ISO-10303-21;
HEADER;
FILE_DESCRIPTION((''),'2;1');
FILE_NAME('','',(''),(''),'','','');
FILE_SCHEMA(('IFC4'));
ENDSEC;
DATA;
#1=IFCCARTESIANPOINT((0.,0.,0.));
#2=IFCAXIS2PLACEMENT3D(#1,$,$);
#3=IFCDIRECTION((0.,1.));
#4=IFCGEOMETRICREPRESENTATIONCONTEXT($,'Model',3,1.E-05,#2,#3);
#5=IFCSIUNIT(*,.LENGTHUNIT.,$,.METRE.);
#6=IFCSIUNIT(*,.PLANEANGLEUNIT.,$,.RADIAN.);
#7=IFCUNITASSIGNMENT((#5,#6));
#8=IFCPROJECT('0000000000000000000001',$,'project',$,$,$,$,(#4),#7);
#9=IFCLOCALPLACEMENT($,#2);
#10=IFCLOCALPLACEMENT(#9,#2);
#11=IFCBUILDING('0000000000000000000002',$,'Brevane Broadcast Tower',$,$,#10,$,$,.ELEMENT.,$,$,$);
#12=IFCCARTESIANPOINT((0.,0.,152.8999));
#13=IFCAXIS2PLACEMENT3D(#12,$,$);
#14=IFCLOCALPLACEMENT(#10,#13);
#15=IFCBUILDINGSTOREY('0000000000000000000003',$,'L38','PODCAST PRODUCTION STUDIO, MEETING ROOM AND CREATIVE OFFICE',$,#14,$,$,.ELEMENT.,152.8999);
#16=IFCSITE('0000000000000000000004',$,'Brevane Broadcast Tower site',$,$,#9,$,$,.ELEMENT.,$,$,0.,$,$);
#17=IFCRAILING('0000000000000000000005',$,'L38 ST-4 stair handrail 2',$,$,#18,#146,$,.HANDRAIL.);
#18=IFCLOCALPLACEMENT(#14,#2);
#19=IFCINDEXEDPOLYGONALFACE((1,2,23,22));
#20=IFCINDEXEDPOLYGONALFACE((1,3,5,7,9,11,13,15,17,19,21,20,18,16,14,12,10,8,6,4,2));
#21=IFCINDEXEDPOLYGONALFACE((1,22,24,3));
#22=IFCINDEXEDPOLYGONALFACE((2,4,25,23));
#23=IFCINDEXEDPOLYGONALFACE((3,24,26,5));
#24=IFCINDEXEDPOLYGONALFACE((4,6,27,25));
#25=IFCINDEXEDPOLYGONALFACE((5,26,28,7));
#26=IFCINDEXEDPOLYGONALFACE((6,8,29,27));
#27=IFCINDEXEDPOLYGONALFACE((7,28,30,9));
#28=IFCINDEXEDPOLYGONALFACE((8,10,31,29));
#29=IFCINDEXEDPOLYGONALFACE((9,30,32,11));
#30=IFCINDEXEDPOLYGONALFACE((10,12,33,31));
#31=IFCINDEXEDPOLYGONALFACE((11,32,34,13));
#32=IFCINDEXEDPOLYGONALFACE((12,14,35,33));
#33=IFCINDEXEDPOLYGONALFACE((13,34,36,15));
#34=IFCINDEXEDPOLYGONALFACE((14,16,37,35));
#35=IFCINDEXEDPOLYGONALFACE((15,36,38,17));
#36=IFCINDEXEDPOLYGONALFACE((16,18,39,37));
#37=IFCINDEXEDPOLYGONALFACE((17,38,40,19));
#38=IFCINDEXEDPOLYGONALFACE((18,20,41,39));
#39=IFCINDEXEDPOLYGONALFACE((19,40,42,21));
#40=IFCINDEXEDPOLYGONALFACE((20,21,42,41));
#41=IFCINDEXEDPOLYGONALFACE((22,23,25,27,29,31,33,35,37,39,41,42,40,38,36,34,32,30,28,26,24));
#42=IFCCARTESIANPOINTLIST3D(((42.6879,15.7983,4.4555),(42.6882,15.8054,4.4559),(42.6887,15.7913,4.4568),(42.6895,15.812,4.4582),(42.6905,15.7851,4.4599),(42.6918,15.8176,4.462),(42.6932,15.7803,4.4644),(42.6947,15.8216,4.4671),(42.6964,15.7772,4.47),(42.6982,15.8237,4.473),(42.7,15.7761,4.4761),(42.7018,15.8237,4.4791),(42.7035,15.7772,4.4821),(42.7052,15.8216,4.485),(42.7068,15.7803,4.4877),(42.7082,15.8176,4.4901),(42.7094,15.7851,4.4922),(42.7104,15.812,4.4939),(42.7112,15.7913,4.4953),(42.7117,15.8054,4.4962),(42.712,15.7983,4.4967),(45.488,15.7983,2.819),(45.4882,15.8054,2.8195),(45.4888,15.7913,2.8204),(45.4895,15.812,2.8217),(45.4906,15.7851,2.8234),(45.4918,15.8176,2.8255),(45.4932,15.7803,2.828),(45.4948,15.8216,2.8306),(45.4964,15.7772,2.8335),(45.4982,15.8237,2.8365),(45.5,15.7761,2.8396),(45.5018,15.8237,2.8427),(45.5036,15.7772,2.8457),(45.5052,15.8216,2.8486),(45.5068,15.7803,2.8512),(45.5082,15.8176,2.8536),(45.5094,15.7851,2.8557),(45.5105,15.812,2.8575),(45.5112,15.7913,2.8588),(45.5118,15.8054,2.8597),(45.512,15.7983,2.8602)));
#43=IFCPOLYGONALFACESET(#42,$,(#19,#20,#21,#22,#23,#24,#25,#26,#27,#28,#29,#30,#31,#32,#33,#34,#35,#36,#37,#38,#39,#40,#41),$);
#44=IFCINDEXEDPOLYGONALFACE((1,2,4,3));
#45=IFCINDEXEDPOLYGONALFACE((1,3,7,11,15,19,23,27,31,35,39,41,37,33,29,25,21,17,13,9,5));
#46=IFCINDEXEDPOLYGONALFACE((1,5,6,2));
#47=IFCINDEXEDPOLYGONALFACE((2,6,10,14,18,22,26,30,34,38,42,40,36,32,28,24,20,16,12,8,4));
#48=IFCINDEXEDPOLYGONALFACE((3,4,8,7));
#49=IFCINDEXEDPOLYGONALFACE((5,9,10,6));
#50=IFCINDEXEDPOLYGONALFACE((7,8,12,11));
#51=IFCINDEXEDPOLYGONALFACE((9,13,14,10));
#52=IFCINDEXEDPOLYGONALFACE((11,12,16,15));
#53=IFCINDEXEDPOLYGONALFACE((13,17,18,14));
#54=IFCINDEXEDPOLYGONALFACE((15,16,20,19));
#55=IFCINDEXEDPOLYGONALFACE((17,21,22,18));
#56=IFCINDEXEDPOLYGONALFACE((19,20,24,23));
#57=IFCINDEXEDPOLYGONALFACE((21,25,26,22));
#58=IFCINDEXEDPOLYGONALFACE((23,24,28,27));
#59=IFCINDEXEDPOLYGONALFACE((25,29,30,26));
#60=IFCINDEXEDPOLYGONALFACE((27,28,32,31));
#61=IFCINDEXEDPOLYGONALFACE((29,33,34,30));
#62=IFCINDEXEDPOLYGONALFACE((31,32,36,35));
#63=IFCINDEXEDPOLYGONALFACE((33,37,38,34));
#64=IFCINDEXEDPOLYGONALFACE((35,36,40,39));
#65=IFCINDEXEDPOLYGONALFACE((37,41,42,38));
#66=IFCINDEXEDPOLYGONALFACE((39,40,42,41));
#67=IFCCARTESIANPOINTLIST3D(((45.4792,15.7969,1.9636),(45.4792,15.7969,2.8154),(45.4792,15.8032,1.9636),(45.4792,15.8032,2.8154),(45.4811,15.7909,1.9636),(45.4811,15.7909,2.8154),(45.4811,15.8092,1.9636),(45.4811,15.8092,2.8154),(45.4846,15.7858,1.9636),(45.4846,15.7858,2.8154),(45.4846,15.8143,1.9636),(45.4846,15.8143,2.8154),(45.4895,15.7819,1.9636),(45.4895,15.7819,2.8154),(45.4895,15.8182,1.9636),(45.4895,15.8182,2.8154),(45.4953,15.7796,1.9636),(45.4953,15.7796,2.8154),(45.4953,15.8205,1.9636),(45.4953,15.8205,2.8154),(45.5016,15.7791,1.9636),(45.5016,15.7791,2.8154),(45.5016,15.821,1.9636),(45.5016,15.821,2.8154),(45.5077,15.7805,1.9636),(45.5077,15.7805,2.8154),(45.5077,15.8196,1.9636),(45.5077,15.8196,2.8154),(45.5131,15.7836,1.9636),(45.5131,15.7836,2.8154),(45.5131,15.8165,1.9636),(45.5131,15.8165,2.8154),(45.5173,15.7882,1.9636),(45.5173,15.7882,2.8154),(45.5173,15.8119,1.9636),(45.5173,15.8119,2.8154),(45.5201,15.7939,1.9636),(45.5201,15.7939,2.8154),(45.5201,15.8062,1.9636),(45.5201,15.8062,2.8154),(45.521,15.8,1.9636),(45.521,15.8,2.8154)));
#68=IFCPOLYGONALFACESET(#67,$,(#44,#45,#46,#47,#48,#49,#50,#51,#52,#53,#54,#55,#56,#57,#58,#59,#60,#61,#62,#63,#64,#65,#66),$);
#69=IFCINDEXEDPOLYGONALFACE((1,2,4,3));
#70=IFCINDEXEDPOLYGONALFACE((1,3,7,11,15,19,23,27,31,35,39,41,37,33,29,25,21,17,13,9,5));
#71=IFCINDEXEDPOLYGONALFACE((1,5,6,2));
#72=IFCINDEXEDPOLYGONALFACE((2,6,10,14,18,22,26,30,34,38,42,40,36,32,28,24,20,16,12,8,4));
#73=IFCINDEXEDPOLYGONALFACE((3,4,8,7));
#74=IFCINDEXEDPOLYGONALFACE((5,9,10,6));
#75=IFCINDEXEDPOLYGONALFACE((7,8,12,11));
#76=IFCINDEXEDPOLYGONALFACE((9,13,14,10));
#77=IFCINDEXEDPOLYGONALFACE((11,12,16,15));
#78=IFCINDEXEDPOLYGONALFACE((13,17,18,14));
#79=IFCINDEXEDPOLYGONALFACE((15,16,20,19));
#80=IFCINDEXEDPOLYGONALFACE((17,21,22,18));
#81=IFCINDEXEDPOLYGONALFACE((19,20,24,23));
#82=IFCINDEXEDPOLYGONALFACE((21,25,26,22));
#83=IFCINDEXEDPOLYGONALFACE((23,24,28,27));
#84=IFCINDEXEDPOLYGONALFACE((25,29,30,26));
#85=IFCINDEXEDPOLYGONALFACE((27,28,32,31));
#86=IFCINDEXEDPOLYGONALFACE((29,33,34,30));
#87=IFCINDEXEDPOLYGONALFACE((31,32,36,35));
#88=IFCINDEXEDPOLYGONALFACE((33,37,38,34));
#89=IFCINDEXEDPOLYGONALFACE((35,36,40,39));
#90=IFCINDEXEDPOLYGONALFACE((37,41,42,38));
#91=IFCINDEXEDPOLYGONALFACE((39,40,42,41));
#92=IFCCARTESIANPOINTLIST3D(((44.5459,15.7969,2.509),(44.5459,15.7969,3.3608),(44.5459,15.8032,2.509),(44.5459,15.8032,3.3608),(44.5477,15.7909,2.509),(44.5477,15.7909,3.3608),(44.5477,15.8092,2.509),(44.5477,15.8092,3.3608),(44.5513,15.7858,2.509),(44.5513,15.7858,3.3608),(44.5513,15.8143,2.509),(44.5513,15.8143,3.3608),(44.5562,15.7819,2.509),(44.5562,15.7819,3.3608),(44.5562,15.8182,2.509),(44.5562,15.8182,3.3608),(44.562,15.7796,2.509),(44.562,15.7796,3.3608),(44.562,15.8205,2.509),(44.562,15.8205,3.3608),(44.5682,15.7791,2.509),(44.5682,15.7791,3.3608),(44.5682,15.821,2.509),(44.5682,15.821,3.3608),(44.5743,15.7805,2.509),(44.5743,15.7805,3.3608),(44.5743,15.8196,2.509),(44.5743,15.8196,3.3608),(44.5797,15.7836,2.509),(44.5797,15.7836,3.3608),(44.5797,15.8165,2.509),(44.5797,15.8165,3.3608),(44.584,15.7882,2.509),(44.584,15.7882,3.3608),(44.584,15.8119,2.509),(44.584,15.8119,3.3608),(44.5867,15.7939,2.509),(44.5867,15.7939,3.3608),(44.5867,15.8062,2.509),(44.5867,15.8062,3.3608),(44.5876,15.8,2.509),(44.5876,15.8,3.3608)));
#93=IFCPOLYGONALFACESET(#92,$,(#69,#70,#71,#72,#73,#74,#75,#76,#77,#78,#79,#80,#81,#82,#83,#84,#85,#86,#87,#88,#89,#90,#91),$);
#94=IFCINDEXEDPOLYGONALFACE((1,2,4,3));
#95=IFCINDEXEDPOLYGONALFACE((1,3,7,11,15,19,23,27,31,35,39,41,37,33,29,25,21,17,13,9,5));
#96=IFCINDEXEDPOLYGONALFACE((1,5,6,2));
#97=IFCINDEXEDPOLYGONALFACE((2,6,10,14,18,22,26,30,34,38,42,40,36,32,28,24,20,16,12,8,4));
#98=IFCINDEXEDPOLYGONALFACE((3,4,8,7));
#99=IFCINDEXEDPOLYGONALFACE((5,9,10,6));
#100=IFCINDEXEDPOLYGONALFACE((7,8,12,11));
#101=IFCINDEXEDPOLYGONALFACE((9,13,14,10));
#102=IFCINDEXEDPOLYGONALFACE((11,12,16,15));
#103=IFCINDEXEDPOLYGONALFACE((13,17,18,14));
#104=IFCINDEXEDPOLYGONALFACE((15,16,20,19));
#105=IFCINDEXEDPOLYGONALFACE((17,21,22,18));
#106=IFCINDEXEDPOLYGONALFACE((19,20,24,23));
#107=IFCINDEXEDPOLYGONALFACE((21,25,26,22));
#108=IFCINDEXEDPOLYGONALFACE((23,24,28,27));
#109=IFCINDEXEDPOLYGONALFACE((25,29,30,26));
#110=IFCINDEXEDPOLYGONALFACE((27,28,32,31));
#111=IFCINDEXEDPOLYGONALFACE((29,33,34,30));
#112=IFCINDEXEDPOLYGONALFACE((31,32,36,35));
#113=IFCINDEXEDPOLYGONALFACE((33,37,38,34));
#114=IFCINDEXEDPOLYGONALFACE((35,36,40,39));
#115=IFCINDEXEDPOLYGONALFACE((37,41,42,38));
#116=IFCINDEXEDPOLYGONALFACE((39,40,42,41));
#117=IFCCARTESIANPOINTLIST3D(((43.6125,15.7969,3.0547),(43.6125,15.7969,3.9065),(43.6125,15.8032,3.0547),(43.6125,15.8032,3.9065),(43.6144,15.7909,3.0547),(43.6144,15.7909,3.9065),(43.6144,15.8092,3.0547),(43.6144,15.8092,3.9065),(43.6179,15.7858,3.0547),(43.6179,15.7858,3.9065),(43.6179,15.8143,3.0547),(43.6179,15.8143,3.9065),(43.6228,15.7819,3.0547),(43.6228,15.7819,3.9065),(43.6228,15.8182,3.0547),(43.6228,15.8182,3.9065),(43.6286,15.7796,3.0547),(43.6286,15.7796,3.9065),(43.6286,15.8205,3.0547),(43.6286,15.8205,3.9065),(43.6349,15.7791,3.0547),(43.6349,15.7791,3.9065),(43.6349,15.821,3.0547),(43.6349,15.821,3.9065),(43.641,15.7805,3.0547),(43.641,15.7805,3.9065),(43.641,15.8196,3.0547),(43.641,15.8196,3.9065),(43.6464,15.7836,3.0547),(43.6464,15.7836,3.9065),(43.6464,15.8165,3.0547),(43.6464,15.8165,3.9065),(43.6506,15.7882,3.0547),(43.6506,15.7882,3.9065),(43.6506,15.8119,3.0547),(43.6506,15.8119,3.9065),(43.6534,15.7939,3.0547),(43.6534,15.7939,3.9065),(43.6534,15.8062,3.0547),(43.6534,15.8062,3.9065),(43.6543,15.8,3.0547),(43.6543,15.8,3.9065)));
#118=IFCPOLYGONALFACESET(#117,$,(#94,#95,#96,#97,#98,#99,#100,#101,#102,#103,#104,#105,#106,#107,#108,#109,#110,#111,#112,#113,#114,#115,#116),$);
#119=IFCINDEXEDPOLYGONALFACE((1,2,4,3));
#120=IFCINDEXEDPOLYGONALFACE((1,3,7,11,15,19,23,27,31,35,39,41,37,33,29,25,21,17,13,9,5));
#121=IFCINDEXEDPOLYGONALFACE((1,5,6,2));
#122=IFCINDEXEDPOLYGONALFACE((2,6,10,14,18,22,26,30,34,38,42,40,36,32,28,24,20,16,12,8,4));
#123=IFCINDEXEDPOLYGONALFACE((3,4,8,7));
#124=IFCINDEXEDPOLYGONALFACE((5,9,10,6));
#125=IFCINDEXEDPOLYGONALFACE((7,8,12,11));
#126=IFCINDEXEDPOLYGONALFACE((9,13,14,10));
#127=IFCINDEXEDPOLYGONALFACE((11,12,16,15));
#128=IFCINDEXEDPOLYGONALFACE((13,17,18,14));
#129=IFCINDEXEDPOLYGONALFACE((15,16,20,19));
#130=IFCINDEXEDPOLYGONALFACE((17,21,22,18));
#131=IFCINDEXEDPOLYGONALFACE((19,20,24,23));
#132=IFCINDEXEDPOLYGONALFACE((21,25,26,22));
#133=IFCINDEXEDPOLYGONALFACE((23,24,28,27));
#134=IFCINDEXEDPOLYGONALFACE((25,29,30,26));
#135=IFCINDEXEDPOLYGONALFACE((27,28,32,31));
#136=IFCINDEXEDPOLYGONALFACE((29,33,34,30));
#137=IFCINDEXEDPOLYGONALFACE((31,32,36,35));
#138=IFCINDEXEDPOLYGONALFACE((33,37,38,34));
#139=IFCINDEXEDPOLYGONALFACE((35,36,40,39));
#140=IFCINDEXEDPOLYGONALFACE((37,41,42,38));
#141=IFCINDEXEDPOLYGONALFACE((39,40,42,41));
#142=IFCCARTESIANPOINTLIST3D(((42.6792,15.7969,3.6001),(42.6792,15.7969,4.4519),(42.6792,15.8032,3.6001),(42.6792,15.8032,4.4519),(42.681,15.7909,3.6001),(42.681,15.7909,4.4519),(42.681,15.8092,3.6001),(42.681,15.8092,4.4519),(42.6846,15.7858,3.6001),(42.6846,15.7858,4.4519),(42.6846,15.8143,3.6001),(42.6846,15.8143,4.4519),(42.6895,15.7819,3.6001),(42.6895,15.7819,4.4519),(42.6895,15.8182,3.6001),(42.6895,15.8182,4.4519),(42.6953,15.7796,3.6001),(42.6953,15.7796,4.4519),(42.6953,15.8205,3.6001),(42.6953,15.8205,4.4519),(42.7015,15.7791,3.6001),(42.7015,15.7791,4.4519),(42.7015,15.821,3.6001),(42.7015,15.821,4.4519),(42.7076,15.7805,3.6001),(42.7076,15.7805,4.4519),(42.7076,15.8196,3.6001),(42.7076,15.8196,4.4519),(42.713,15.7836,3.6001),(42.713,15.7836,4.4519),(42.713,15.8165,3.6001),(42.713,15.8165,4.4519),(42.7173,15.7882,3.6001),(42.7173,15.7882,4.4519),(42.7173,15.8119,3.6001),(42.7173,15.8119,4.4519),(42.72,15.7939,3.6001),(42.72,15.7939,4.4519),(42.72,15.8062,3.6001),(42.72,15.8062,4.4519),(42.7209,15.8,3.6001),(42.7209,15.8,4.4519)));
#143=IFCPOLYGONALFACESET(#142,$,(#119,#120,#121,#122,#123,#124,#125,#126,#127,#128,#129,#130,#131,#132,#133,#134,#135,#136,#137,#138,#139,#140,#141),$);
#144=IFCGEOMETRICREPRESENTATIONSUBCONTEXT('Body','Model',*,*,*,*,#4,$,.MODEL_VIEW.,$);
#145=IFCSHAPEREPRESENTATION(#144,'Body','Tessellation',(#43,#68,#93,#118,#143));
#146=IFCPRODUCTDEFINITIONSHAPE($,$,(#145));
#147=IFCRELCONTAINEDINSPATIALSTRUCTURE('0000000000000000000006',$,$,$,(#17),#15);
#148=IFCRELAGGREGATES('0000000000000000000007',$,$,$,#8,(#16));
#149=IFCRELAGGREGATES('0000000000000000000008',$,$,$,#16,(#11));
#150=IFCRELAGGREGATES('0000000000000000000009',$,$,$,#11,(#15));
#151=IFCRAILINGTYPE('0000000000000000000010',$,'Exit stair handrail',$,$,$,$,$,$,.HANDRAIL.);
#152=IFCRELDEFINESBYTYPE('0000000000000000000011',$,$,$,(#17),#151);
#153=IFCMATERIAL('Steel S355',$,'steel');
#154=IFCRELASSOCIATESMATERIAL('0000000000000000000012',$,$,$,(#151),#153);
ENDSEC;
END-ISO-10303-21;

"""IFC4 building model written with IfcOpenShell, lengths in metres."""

from ifc_helpers import new_model, si_unit, direction, frame, origin, origin_2d, place, context, subcontext, project, spatial, circle, extrude, material, type_object, element, save


model = new_model("IFC4")

# Units and contexts
model_context = context("Model", 3, precision=1e-05, world=origin(), true_north=direction((0.0, 1.0)))
body_context = subcontext(model_context, "Body", "Model", "MODEL_VIEW")
ifc_project = project(units=[si_unit("LENGTHUNIT", "METRE"), si_unit("PLANEANGLEUNIT", "RADIAN")], contexts=[model_context])

# Site, building, storey
site_placement = place(None, origin())
site = spatial("IfcSite", under=ifc_project, at=site_placement, Name="Brevane Broadcast Tower site", CompositionType="ELEMENT", RefElevation=0.0)
building_placement = place(site_placement, origin())
building = spatial("IfcBuilding", under=site, at=building_placement, Name="Brevane Broadcast Tower", CompositionType="ELEMENT")
storey_placement = place(building_placement, frame((0.0, 0.0, 152.8999)))
storey = spatial("IfcBuildingStorey", under=building, at=storey_placement, Name="L38", Description="PODCAST PRODUCTION STUDIO, MEETING ROOM AND CREATIVE OFFICE", CompositionType="ELEMENT", Elevation=152.8999)

# Railing
ifc_material_1 = material(Name="Steel S355", Category="steel")
railing_type_1 = type_object("IfcRailingType", Name="Exit stair handrail", PredefinedType="HANDRAIL", material=ifc_material_1)
railing_1_placement = place(storey_placement, frame((45.5, 15.8, 1.9636)))
element("IfcRailing", 1, at=railing_1_placement, inside=storey, type_object=railing_type_1, Name="L38 ST-4 stair handrail 2", PredefinedType="HANDRAIL", context=body_context, shape_type="SweptSolid", body=[
    extrude(circle(Radius=0.0239, at=origin_2d()), frame((0.0, 0.0, 0.876), z_axis=(-0.863361, 0.0, 0.504587), x_axis=(0.0, -1.0, 0.0)), (0.0, 0.0, 1.0), 3.2432),
    extrude(circle(Radius=0.021, at=origin_2d()), origin(), (0.0, 0.0, 1.0), 0.8518),
    extrude(circle(Radius=0.021, at=origin_2d()), frame((-0.9333, 0.0, 0.5454)), (0.0, 0.0, 1.0), 0.8518),
    extrude(circle(Radius=0.021, at=origin_2d()), frame((-1.8667, 0.0, 1.0911)), (0.0, 0.0, 1.0), 0.8518),
    extrude(circle(Radius=0.021, at=origin_2d()), frame((-2.8, 0.0, 1.6365)), (0.0, 0.0, 1.0), 0.8518),
])

save(model, "model.ifc")
